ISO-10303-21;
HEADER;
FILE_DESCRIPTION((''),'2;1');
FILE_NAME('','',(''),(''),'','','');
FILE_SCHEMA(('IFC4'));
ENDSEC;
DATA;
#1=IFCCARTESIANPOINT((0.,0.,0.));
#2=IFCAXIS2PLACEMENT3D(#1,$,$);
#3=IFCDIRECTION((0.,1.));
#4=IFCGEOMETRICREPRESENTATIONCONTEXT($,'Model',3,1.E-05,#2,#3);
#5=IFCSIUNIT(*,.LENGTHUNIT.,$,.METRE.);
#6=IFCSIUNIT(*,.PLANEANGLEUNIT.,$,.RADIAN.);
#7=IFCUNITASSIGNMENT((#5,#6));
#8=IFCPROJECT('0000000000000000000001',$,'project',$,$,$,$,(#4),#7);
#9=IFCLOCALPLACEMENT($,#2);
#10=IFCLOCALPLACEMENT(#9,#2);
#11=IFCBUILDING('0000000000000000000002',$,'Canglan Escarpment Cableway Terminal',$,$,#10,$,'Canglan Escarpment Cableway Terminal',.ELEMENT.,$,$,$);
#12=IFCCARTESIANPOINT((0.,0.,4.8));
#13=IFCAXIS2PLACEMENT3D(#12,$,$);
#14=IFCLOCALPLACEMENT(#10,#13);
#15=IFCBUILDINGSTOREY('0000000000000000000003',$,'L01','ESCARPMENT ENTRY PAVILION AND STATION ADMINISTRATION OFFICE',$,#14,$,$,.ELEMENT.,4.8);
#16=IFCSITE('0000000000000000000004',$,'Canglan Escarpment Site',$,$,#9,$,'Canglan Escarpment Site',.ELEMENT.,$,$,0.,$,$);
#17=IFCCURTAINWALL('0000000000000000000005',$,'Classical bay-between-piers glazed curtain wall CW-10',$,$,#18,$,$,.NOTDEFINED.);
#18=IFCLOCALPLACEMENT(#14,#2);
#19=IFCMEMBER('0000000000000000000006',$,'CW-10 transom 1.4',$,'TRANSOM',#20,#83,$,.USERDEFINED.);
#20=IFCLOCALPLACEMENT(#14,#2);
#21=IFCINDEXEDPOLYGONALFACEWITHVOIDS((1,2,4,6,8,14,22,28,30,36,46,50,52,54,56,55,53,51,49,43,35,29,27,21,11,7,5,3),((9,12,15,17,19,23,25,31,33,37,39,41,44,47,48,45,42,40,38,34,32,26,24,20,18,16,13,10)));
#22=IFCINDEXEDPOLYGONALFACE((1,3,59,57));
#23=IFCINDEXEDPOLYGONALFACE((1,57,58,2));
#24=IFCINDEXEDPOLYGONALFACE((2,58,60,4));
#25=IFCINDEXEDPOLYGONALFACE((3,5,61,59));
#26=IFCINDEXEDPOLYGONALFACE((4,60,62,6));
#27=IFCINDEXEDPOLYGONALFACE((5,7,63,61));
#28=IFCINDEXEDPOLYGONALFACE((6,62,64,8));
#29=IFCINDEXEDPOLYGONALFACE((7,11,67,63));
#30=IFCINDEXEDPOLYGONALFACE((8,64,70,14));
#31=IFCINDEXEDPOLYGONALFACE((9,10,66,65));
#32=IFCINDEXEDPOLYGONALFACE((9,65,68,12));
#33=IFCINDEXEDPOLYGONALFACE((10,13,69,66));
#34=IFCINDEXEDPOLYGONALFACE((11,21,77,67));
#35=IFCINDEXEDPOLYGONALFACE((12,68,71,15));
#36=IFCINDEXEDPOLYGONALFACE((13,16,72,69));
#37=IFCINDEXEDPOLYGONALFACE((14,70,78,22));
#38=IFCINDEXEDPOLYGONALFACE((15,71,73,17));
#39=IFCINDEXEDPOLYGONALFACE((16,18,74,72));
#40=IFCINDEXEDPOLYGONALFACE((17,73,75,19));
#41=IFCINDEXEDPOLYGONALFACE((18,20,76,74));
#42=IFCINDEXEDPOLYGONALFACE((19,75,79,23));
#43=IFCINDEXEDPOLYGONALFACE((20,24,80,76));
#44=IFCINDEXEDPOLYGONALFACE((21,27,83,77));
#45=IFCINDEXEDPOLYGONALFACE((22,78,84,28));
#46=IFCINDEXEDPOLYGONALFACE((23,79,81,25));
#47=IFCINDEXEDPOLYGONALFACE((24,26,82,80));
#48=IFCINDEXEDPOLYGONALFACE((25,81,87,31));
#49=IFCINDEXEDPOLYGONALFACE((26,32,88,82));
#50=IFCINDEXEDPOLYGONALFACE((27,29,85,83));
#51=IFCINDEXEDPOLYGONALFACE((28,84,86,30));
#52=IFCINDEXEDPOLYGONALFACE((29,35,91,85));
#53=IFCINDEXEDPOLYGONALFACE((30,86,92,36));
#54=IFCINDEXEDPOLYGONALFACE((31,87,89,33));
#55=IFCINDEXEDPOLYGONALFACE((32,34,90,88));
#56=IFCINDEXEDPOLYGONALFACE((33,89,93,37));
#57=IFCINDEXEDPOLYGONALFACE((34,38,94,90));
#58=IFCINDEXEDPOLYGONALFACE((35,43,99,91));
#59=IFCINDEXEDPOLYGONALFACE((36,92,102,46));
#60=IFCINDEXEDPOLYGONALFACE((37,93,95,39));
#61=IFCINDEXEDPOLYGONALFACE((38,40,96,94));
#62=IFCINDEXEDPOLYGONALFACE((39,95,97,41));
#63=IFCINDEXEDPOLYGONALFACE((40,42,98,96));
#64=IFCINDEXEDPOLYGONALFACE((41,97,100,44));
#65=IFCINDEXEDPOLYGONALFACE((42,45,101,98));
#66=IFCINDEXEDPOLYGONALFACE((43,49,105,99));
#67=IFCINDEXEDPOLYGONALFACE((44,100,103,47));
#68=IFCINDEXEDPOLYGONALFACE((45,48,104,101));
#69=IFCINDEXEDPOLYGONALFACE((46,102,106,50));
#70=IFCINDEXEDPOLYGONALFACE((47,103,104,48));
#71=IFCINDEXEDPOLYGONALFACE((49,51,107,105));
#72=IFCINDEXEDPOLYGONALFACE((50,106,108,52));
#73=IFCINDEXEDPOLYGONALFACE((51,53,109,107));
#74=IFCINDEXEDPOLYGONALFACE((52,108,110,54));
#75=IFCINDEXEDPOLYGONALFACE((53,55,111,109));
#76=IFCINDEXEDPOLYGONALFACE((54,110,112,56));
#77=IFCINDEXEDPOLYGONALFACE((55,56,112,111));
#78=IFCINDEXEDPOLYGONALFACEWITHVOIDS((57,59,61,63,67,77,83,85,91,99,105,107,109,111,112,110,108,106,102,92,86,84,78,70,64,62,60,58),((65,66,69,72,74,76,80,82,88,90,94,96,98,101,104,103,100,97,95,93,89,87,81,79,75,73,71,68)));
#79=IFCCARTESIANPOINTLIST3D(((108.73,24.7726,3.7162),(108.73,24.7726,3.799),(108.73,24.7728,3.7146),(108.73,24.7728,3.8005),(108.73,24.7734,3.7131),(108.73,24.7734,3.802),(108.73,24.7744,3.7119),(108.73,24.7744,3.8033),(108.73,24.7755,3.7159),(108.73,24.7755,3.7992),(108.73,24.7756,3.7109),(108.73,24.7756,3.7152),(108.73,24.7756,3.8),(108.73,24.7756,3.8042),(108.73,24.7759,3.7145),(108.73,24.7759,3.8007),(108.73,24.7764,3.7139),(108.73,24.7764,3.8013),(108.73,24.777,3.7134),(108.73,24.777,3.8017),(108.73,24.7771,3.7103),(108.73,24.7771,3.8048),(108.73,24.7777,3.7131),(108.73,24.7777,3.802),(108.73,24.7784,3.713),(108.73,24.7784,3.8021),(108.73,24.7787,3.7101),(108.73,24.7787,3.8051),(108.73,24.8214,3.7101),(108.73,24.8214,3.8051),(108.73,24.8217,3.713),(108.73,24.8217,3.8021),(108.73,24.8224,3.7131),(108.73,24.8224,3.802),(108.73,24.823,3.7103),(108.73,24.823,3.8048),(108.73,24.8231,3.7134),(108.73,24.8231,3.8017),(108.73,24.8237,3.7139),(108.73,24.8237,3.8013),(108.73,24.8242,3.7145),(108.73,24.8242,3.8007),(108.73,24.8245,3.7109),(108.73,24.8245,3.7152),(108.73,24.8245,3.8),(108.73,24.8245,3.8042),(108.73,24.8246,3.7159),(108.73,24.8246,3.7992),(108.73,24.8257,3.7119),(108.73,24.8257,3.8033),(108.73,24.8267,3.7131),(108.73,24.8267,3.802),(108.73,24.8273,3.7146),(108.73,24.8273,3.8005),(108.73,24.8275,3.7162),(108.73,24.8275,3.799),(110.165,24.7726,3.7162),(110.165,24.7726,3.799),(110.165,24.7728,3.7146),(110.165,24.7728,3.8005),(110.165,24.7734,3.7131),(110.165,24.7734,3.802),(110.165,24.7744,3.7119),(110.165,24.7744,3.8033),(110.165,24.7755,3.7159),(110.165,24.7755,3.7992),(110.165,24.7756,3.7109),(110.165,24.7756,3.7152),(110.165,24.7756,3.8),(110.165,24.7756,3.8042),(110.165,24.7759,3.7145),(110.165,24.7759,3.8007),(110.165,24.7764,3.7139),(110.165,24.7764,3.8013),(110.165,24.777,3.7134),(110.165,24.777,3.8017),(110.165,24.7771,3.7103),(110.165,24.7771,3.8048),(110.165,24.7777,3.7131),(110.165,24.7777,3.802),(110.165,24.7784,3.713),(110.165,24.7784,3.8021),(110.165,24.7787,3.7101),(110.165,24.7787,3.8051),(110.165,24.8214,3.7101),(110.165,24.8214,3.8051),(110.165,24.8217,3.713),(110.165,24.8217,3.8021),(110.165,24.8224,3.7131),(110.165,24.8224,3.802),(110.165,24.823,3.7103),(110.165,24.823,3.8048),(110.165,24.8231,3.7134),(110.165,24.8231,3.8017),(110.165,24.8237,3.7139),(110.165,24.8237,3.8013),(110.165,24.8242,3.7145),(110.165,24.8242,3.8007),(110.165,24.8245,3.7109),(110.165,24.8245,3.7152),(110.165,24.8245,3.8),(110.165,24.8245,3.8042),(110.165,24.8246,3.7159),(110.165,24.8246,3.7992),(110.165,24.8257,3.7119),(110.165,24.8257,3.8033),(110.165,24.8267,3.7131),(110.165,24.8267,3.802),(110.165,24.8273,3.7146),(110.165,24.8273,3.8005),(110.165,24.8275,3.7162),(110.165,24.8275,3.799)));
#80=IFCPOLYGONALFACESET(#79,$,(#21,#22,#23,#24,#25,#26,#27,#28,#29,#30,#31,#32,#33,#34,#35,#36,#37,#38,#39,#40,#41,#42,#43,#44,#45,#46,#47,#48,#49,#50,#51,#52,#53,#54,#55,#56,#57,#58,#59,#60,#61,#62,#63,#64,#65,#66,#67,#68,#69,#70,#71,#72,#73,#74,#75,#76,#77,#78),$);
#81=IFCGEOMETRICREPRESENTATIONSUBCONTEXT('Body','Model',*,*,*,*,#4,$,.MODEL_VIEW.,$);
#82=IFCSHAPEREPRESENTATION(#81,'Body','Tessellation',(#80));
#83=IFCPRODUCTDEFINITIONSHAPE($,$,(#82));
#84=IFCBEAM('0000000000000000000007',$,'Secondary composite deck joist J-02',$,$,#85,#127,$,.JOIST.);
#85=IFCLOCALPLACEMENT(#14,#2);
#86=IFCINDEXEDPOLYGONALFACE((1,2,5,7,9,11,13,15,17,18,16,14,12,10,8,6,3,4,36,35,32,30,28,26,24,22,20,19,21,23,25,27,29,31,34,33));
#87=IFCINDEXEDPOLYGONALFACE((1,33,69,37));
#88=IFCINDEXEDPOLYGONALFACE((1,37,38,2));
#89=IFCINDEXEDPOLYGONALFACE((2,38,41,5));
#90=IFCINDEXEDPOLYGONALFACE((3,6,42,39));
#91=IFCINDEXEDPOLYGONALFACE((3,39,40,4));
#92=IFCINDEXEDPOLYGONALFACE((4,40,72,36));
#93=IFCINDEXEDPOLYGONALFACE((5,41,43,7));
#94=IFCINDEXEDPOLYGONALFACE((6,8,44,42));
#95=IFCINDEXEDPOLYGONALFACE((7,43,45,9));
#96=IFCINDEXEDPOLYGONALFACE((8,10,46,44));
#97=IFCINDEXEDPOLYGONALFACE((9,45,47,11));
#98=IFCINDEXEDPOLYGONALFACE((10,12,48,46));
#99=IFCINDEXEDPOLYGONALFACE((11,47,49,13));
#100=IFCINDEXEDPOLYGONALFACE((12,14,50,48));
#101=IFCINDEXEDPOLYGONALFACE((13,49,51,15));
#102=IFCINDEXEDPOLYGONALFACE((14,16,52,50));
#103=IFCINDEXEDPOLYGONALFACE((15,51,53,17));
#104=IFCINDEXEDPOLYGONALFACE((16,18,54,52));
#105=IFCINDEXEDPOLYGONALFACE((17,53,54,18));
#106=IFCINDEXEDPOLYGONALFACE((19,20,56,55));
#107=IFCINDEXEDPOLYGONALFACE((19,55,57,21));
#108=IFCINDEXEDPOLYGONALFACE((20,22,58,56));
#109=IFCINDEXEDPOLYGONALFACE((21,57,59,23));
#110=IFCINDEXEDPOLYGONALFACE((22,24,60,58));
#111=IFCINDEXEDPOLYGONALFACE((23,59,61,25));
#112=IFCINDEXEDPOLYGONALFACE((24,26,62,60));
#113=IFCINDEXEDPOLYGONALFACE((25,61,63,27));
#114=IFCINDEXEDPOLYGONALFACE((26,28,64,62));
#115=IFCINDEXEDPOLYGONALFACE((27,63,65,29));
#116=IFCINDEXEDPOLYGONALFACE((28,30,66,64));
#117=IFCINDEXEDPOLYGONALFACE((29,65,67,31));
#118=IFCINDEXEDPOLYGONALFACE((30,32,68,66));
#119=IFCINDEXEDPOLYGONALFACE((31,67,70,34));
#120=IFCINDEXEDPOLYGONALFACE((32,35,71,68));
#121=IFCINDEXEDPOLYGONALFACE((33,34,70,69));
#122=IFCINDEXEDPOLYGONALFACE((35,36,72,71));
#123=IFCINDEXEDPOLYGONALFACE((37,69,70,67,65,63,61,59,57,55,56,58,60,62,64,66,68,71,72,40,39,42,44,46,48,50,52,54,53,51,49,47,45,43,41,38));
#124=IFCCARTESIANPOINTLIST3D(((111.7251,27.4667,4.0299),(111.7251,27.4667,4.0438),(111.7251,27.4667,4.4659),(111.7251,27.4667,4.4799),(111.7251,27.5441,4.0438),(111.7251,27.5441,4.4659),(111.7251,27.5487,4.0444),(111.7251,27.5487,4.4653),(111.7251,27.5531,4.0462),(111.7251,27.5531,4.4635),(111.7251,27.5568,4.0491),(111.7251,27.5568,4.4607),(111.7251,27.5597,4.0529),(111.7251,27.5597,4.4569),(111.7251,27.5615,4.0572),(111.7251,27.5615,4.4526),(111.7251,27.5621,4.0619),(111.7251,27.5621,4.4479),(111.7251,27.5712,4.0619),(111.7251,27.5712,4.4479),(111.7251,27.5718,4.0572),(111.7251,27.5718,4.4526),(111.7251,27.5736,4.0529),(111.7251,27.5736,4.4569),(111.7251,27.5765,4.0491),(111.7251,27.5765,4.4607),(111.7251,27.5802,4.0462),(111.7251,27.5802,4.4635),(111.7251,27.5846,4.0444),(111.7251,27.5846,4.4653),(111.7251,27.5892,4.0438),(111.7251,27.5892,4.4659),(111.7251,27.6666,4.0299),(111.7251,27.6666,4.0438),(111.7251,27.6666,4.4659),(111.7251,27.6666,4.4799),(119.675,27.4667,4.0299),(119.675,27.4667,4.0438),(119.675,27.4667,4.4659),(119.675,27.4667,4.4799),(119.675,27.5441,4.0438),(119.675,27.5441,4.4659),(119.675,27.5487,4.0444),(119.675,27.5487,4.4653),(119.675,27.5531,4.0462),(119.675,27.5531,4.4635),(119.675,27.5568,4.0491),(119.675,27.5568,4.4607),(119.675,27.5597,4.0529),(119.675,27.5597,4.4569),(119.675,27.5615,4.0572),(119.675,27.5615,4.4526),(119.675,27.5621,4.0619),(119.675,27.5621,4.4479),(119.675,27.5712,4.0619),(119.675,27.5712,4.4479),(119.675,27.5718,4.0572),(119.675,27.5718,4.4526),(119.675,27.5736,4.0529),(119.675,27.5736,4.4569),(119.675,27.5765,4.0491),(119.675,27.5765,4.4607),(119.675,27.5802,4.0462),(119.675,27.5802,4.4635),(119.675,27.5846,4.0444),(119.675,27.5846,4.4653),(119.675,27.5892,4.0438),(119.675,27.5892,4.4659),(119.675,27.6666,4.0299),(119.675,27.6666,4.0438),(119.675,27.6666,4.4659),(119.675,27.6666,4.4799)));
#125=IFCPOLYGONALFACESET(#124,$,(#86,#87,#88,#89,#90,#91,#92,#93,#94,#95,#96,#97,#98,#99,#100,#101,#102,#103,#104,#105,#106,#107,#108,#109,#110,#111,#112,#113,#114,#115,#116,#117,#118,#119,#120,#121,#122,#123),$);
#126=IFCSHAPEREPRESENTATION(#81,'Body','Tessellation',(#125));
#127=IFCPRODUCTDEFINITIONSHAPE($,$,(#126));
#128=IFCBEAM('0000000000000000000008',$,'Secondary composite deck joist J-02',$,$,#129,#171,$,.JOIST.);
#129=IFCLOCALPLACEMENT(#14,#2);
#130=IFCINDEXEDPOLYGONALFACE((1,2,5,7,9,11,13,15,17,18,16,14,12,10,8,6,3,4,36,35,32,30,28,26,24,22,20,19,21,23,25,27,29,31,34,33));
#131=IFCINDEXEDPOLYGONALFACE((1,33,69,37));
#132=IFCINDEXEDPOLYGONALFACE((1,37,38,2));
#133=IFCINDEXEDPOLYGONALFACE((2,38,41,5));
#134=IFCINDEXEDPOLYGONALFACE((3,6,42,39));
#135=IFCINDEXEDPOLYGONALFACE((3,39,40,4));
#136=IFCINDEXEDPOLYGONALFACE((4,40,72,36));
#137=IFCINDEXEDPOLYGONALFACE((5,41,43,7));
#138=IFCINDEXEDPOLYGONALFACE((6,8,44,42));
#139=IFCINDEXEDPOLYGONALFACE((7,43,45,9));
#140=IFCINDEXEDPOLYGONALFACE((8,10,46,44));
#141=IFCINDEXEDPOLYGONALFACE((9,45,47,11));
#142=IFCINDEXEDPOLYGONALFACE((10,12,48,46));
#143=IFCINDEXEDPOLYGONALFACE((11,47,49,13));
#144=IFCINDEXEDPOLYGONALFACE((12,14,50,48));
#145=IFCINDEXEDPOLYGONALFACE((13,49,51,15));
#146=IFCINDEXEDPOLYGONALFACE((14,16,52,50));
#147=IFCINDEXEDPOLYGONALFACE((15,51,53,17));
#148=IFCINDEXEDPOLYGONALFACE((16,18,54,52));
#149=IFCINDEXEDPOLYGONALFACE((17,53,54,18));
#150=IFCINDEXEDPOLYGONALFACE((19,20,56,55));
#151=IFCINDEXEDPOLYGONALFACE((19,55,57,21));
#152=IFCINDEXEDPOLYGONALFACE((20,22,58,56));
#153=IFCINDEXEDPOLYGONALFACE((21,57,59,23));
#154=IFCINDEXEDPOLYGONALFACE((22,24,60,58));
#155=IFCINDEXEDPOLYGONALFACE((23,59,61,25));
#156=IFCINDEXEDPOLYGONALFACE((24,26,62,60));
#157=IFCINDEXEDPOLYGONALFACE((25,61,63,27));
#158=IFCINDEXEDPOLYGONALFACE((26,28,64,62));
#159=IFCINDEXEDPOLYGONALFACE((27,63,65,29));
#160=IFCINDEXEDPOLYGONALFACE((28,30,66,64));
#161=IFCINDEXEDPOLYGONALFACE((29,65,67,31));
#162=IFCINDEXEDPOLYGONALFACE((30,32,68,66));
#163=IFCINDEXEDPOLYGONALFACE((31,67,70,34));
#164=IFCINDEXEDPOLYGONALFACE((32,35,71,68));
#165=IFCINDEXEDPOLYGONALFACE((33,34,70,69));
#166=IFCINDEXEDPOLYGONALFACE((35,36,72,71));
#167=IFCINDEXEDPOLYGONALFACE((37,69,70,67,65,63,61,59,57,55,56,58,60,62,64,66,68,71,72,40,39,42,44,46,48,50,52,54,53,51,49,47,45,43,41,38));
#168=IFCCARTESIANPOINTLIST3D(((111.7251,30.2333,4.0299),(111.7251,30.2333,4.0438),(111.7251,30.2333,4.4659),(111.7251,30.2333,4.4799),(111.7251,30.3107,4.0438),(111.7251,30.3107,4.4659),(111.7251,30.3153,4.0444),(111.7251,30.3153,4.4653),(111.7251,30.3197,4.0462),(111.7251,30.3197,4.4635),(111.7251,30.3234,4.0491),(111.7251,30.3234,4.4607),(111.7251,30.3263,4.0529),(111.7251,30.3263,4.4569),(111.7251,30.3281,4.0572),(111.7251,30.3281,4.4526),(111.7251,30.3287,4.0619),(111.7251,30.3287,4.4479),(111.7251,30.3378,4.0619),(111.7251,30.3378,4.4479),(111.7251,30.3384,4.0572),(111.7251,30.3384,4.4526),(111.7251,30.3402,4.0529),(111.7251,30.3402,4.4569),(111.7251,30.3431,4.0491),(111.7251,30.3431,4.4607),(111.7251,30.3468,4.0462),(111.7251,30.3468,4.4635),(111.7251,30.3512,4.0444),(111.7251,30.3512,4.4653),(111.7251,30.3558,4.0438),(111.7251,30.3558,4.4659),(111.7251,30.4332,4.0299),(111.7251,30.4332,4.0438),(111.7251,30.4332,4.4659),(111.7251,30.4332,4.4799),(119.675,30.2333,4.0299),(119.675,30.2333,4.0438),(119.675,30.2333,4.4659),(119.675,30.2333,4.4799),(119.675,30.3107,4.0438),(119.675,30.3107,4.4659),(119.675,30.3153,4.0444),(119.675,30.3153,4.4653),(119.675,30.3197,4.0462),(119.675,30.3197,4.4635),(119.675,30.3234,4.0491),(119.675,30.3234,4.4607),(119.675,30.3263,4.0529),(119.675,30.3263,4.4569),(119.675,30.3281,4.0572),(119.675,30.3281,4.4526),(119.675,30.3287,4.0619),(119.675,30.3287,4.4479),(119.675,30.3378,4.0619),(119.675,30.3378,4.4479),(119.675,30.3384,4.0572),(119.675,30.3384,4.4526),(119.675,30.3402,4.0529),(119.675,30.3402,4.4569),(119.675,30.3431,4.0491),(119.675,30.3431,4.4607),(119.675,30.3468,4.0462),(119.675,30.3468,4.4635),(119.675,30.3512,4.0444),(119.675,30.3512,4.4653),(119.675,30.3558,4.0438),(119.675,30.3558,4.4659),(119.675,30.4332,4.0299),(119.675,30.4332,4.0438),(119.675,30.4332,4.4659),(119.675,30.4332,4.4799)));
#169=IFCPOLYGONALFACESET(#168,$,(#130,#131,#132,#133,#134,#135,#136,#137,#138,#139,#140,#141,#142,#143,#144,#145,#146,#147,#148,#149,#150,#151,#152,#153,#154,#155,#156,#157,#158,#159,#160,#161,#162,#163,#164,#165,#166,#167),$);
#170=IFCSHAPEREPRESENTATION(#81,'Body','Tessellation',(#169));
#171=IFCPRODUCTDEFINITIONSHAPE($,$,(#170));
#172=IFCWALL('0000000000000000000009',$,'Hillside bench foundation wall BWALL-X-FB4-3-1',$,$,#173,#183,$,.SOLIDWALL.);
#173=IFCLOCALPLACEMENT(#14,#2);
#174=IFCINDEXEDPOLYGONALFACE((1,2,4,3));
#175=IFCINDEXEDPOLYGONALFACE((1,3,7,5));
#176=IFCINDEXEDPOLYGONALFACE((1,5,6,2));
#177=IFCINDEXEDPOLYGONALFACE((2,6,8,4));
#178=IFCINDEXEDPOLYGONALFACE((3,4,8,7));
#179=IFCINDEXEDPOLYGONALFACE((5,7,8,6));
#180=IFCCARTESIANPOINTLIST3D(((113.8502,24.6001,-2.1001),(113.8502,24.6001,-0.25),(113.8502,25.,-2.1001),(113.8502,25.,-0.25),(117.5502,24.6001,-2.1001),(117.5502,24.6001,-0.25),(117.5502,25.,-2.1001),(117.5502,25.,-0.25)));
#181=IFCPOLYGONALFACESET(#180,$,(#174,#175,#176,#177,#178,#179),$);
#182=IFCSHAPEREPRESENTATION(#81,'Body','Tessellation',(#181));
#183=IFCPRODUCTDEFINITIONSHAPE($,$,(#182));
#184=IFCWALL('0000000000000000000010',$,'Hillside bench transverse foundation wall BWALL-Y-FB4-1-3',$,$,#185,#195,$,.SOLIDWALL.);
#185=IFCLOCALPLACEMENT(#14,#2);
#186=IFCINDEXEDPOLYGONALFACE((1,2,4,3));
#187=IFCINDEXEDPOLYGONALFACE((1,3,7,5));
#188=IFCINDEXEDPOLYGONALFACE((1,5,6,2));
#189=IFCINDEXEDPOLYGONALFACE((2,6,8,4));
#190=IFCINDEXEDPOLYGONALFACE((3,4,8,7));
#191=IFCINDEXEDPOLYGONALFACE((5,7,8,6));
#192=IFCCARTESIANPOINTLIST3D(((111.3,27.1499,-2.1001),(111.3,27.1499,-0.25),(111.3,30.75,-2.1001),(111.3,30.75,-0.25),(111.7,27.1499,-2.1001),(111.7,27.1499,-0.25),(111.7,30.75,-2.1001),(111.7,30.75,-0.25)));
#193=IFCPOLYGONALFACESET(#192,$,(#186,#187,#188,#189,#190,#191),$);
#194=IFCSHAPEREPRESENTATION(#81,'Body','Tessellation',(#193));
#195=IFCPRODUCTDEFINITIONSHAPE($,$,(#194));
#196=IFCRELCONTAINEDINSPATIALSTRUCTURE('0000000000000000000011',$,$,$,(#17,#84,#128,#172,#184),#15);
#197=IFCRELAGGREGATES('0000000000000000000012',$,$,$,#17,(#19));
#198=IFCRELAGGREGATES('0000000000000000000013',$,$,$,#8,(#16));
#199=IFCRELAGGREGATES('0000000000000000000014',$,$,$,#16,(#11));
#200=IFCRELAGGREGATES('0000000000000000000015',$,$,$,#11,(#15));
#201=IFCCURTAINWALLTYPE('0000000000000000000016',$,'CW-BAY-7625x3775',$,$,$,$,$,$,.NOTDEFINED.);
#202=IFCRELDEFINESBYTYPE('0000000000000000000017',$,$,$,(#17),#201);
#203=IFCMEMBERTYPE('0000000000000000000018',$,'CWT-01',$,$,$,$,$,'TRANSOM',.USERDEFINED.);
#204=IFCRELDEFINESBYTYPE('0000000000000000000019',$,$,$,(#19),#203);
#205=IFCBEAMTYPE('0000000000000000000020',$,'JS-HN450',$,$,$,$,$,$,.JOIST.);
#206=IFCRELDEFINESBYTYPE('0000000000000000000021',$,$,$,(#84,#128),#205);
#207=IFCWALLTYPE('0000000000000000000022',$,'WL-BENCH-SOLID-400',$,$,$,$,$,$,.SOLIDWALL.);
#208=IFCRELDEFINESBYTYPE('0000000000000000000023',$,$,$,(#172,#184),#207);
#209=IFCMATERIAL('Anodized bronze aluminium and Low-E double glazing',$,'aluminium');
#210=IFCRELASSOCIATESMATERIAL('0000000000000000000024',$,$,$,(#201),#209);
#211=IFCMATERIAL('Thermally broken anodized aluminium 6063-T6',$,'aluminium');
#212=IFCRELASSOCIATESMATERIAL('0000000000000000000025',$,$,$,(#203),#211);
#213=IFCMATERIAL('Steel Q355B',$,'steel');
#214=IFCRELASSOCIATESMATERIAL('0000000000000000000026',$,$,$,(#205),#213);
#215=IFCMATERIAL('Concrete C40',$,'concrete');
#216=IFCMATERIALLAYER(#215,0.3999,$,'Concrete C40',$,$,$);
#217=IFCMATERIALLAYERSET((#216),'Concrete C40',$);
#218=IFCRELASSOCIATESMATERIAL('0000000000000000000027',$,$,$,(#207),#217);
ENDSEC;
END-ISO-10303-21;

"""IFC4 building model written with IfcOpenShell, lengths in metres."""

from ifc_helpers import new_model, si_unit, direction, frame, frame_2d, origin, origin_2d, place, context, subcontext, project, spatial, rectangle, hollow_rectangle, i_section, extrude, material, layer, layer_set, material_profile, profile_set, type_object, element, aggregate, save


model = new_model("IFC4")

# Units and contexts
model_context = context("Model", 3, precision=1e-05, world=origin(), true_north=direction((0.0, 1.0)))
body_context = subcontext(model_context, "Body", "Model", "MODEL_VIEW")
ifc_project = project(units=[si_unit("LENGTHUNIT", "METRE"), si_unit("PLANEANGLEUNIT", "RADIAN")], contexts=[model_context])

# Site, building, storey
site_placement = place(None, origin())
site = spatial("IfcSite", under=ifc_project, at=site_placement, Name="Canglan Escarpment Site", LongName="Canglan Escarpment Site", CompositionType="ELEMENT", RefElevation=0.0)
building_placement = place(site_placement, origin())
building = spatial("IfcBuilding", under=site, at=building_placement, Name="Canglan Escarpment Cableway Terminal", LongName="Canglan Escarpment Cableway Terminal", CompositionType="ELEMENT")
storey_placement = place(building_placement, frame((0.0, 0.0, 4.8)))
storey = spatial("IfcBuildingStorey", under=building, at=storey_placement, Name="L01", Description="ESCARPMENT ENTRY PAVILION AND STATION ADMINISTRATION OFFICE", CompositionType="ELEMENT", Elevation=4.8)

# Shared definitions
ifc_material_1 = material(Name="Concrete C40", Category="concrete")

# Curtain wall, member
ifc_material_2 = material(Name="Anodized bronze aluminium and Low-E double glazing", Category="aluminium")
curtain_wall_type = type_object("IfcCurtainWallType", Name="CW-BAY-7625x3775", PredefinedType="NOTDEFINED", material=ifc_material_2)
curtain_wall_placement = place(storey_placement, origin())
curtain_wall = element("IfcCurtainWall", 1, at=curtain_wall_placement, inside=storey, type_object=curtain_wall_type, Name="Classical bay-between-piers glazed curtain wall CW-10", PredefinedType="NOTDEFINED")
ifc_material_3 = material(Name="Thermally broken anodized aluminium 6063-T6", Category="aluminium")
ifc_material_profile_1 = material_profile(ifc_material_3, hollow_rectangle(XDim=0.0549, YDim=0.095, WallThickness=0.0029, InnerFilletRadius=0.0029, OuterFilletRadius=0.0061, at=origin_2d()), Name="ALU-TRAN 55x95x3")
ifc_profile_set_1 = profile_set([ifc_material_profile_1], Name="Thermally broken anodized aluminium 6063-T6")
member_type_1 = type_object("IfcMemberType", Name="CWT-01", ElementType="TRANSOM", PredefinedType="USERDEFINED", material=ifc_profile_set_1)
member_1_placement = place(storey_placement, frame((110.165, 24.8, 3.7576), z_axis=(-1.0, 0.0, 0.0), x_axis=(0.0, -1.0, 0.0)))
member_1 = element("IfcMember", 2, at=member_1_placement, type_object=member_type_1, Name="CW-10 transom 1.4", ObjectType="TRANSOM", PredefinedType="USERDEFINED", context=body_context, shape_type="SweptSolid", body=[
    extrude(hollow_rectangle(XDim=0.0549, YDim=0.095, WallThickness=0.0029, InnerFilletRadius=0.0029, OuterFilletRadius=0.0061, at=origin_2d()), origin(), (0.0, 0.0, 1.0), 1.4351),
])
aggregate(curtain_wall, [member_1])

# Beams
ifc_material_4 = material(Name="Steel Q355B", Category="steel")
ifc_material_profile_2 = material_profile(ifc_material_4, i_section(OverallWidth=0.2, OverallDepth=0.45, WebThickness=0.009, FlangeThickness=0.0139, FilletRadius=0.0181, at=origin_2d()), Name="HN 450x200x9x14")
ifc_profile_set_2 = profile_set([ifc_material_profile_2], Name="Steel Q355B")
beam_type_1 = type_object("IfcBeamType", Name="JS-HN450", PredefinedType="JOIST", material=ifc_profile_set_2)
for number, where, z_axis, x_axis, name in (
    (3, (111.7251, 27.5667, 4.2549), (1.0, 0.0, 0.0), (0.0, 1.0, 0.0), "Secondary composite deck joist J-02"),
    (4, (111.7251, 30.3333, 4.2549), (1.0, 0.0, 0.0), (0.0, 1.0, 0.0), "Secondary composite deck joist J-02"),
):
    element("IfcBeam", number, at=place(storey_placement, frame(where, z_axis=z_axis, x_axis=x_axis)), inside=storey, type_object=beam_type_1, Name=name, PredefinedType="JOIST", context=body_context, shape_type="SweptSolid", body=[
        extrude(i_section(OverallWidth=0.2, OverallDepth=0.45, WebThickness=0.009, FlangeThickness=0.0139, FilletRadius=0.0181, at=origin_2d()), origin(), (0.0, 0.0, 1.0), 7.95),
    ])

# Walls
ifc_layer_1 = layer(ifc_material_1, 0.3999, Name="Concrete C40")
ifc_layer_set_1 = layer_set([ifc_layer_1], Name="Concrete C40")
wall_type = type_object("IfcWallType", Name="WL-BENCH-SOLID-400", PredefinedType="SOLIDWALL", material=ifc_layer_set_1)
wall_1_placement = place(storey_placement, frame((113.8501, 24.8, -2.1001), z_axis=(0.0, 0.0, 1.0), x_axis=(1.0, 0.0, 0.0)))
element("IfcWall", 5, at=wall_1_placement, inside=storey, type_object=wall_type, Name="Hillside bench foundation wall BWALL-X-FB4-3-1", PredefinedType="SOLIDWALL", context=body_context, shape_type="SweptSolid", body=[
    extrude(rectangle(XDim=3.7, YDim=0.3999, at=frame_2d((1.8501, 0.0))), origin(), (0.0, 0.0, 1.0), 1.8501),
])
wall_2_placement = place(storey_placement, frame((111.5, 27.1499, -2.1001), z_axis=(0.0, 0.0, 1.0), x_axis=(0.0, 1.0, 0.0)))
element("IfcWall", 6, at=wall_2_placement, inside=storey, type_object=wall_type, Name="Hillside bench transverse foundation wall BWALL-Y-FB4-1-3", PredefinedType="SOLIDWALL", context=body_context, shape_type="SweptSolid", body=[
    extrude(rectangle(XDim=3.6001, YDim=0.3999, at=frame_2d((1.8, 0.0))), origin(), (0.0, 0.0, 1.0), 1.8501),
])

save(model, "model.ifc")
